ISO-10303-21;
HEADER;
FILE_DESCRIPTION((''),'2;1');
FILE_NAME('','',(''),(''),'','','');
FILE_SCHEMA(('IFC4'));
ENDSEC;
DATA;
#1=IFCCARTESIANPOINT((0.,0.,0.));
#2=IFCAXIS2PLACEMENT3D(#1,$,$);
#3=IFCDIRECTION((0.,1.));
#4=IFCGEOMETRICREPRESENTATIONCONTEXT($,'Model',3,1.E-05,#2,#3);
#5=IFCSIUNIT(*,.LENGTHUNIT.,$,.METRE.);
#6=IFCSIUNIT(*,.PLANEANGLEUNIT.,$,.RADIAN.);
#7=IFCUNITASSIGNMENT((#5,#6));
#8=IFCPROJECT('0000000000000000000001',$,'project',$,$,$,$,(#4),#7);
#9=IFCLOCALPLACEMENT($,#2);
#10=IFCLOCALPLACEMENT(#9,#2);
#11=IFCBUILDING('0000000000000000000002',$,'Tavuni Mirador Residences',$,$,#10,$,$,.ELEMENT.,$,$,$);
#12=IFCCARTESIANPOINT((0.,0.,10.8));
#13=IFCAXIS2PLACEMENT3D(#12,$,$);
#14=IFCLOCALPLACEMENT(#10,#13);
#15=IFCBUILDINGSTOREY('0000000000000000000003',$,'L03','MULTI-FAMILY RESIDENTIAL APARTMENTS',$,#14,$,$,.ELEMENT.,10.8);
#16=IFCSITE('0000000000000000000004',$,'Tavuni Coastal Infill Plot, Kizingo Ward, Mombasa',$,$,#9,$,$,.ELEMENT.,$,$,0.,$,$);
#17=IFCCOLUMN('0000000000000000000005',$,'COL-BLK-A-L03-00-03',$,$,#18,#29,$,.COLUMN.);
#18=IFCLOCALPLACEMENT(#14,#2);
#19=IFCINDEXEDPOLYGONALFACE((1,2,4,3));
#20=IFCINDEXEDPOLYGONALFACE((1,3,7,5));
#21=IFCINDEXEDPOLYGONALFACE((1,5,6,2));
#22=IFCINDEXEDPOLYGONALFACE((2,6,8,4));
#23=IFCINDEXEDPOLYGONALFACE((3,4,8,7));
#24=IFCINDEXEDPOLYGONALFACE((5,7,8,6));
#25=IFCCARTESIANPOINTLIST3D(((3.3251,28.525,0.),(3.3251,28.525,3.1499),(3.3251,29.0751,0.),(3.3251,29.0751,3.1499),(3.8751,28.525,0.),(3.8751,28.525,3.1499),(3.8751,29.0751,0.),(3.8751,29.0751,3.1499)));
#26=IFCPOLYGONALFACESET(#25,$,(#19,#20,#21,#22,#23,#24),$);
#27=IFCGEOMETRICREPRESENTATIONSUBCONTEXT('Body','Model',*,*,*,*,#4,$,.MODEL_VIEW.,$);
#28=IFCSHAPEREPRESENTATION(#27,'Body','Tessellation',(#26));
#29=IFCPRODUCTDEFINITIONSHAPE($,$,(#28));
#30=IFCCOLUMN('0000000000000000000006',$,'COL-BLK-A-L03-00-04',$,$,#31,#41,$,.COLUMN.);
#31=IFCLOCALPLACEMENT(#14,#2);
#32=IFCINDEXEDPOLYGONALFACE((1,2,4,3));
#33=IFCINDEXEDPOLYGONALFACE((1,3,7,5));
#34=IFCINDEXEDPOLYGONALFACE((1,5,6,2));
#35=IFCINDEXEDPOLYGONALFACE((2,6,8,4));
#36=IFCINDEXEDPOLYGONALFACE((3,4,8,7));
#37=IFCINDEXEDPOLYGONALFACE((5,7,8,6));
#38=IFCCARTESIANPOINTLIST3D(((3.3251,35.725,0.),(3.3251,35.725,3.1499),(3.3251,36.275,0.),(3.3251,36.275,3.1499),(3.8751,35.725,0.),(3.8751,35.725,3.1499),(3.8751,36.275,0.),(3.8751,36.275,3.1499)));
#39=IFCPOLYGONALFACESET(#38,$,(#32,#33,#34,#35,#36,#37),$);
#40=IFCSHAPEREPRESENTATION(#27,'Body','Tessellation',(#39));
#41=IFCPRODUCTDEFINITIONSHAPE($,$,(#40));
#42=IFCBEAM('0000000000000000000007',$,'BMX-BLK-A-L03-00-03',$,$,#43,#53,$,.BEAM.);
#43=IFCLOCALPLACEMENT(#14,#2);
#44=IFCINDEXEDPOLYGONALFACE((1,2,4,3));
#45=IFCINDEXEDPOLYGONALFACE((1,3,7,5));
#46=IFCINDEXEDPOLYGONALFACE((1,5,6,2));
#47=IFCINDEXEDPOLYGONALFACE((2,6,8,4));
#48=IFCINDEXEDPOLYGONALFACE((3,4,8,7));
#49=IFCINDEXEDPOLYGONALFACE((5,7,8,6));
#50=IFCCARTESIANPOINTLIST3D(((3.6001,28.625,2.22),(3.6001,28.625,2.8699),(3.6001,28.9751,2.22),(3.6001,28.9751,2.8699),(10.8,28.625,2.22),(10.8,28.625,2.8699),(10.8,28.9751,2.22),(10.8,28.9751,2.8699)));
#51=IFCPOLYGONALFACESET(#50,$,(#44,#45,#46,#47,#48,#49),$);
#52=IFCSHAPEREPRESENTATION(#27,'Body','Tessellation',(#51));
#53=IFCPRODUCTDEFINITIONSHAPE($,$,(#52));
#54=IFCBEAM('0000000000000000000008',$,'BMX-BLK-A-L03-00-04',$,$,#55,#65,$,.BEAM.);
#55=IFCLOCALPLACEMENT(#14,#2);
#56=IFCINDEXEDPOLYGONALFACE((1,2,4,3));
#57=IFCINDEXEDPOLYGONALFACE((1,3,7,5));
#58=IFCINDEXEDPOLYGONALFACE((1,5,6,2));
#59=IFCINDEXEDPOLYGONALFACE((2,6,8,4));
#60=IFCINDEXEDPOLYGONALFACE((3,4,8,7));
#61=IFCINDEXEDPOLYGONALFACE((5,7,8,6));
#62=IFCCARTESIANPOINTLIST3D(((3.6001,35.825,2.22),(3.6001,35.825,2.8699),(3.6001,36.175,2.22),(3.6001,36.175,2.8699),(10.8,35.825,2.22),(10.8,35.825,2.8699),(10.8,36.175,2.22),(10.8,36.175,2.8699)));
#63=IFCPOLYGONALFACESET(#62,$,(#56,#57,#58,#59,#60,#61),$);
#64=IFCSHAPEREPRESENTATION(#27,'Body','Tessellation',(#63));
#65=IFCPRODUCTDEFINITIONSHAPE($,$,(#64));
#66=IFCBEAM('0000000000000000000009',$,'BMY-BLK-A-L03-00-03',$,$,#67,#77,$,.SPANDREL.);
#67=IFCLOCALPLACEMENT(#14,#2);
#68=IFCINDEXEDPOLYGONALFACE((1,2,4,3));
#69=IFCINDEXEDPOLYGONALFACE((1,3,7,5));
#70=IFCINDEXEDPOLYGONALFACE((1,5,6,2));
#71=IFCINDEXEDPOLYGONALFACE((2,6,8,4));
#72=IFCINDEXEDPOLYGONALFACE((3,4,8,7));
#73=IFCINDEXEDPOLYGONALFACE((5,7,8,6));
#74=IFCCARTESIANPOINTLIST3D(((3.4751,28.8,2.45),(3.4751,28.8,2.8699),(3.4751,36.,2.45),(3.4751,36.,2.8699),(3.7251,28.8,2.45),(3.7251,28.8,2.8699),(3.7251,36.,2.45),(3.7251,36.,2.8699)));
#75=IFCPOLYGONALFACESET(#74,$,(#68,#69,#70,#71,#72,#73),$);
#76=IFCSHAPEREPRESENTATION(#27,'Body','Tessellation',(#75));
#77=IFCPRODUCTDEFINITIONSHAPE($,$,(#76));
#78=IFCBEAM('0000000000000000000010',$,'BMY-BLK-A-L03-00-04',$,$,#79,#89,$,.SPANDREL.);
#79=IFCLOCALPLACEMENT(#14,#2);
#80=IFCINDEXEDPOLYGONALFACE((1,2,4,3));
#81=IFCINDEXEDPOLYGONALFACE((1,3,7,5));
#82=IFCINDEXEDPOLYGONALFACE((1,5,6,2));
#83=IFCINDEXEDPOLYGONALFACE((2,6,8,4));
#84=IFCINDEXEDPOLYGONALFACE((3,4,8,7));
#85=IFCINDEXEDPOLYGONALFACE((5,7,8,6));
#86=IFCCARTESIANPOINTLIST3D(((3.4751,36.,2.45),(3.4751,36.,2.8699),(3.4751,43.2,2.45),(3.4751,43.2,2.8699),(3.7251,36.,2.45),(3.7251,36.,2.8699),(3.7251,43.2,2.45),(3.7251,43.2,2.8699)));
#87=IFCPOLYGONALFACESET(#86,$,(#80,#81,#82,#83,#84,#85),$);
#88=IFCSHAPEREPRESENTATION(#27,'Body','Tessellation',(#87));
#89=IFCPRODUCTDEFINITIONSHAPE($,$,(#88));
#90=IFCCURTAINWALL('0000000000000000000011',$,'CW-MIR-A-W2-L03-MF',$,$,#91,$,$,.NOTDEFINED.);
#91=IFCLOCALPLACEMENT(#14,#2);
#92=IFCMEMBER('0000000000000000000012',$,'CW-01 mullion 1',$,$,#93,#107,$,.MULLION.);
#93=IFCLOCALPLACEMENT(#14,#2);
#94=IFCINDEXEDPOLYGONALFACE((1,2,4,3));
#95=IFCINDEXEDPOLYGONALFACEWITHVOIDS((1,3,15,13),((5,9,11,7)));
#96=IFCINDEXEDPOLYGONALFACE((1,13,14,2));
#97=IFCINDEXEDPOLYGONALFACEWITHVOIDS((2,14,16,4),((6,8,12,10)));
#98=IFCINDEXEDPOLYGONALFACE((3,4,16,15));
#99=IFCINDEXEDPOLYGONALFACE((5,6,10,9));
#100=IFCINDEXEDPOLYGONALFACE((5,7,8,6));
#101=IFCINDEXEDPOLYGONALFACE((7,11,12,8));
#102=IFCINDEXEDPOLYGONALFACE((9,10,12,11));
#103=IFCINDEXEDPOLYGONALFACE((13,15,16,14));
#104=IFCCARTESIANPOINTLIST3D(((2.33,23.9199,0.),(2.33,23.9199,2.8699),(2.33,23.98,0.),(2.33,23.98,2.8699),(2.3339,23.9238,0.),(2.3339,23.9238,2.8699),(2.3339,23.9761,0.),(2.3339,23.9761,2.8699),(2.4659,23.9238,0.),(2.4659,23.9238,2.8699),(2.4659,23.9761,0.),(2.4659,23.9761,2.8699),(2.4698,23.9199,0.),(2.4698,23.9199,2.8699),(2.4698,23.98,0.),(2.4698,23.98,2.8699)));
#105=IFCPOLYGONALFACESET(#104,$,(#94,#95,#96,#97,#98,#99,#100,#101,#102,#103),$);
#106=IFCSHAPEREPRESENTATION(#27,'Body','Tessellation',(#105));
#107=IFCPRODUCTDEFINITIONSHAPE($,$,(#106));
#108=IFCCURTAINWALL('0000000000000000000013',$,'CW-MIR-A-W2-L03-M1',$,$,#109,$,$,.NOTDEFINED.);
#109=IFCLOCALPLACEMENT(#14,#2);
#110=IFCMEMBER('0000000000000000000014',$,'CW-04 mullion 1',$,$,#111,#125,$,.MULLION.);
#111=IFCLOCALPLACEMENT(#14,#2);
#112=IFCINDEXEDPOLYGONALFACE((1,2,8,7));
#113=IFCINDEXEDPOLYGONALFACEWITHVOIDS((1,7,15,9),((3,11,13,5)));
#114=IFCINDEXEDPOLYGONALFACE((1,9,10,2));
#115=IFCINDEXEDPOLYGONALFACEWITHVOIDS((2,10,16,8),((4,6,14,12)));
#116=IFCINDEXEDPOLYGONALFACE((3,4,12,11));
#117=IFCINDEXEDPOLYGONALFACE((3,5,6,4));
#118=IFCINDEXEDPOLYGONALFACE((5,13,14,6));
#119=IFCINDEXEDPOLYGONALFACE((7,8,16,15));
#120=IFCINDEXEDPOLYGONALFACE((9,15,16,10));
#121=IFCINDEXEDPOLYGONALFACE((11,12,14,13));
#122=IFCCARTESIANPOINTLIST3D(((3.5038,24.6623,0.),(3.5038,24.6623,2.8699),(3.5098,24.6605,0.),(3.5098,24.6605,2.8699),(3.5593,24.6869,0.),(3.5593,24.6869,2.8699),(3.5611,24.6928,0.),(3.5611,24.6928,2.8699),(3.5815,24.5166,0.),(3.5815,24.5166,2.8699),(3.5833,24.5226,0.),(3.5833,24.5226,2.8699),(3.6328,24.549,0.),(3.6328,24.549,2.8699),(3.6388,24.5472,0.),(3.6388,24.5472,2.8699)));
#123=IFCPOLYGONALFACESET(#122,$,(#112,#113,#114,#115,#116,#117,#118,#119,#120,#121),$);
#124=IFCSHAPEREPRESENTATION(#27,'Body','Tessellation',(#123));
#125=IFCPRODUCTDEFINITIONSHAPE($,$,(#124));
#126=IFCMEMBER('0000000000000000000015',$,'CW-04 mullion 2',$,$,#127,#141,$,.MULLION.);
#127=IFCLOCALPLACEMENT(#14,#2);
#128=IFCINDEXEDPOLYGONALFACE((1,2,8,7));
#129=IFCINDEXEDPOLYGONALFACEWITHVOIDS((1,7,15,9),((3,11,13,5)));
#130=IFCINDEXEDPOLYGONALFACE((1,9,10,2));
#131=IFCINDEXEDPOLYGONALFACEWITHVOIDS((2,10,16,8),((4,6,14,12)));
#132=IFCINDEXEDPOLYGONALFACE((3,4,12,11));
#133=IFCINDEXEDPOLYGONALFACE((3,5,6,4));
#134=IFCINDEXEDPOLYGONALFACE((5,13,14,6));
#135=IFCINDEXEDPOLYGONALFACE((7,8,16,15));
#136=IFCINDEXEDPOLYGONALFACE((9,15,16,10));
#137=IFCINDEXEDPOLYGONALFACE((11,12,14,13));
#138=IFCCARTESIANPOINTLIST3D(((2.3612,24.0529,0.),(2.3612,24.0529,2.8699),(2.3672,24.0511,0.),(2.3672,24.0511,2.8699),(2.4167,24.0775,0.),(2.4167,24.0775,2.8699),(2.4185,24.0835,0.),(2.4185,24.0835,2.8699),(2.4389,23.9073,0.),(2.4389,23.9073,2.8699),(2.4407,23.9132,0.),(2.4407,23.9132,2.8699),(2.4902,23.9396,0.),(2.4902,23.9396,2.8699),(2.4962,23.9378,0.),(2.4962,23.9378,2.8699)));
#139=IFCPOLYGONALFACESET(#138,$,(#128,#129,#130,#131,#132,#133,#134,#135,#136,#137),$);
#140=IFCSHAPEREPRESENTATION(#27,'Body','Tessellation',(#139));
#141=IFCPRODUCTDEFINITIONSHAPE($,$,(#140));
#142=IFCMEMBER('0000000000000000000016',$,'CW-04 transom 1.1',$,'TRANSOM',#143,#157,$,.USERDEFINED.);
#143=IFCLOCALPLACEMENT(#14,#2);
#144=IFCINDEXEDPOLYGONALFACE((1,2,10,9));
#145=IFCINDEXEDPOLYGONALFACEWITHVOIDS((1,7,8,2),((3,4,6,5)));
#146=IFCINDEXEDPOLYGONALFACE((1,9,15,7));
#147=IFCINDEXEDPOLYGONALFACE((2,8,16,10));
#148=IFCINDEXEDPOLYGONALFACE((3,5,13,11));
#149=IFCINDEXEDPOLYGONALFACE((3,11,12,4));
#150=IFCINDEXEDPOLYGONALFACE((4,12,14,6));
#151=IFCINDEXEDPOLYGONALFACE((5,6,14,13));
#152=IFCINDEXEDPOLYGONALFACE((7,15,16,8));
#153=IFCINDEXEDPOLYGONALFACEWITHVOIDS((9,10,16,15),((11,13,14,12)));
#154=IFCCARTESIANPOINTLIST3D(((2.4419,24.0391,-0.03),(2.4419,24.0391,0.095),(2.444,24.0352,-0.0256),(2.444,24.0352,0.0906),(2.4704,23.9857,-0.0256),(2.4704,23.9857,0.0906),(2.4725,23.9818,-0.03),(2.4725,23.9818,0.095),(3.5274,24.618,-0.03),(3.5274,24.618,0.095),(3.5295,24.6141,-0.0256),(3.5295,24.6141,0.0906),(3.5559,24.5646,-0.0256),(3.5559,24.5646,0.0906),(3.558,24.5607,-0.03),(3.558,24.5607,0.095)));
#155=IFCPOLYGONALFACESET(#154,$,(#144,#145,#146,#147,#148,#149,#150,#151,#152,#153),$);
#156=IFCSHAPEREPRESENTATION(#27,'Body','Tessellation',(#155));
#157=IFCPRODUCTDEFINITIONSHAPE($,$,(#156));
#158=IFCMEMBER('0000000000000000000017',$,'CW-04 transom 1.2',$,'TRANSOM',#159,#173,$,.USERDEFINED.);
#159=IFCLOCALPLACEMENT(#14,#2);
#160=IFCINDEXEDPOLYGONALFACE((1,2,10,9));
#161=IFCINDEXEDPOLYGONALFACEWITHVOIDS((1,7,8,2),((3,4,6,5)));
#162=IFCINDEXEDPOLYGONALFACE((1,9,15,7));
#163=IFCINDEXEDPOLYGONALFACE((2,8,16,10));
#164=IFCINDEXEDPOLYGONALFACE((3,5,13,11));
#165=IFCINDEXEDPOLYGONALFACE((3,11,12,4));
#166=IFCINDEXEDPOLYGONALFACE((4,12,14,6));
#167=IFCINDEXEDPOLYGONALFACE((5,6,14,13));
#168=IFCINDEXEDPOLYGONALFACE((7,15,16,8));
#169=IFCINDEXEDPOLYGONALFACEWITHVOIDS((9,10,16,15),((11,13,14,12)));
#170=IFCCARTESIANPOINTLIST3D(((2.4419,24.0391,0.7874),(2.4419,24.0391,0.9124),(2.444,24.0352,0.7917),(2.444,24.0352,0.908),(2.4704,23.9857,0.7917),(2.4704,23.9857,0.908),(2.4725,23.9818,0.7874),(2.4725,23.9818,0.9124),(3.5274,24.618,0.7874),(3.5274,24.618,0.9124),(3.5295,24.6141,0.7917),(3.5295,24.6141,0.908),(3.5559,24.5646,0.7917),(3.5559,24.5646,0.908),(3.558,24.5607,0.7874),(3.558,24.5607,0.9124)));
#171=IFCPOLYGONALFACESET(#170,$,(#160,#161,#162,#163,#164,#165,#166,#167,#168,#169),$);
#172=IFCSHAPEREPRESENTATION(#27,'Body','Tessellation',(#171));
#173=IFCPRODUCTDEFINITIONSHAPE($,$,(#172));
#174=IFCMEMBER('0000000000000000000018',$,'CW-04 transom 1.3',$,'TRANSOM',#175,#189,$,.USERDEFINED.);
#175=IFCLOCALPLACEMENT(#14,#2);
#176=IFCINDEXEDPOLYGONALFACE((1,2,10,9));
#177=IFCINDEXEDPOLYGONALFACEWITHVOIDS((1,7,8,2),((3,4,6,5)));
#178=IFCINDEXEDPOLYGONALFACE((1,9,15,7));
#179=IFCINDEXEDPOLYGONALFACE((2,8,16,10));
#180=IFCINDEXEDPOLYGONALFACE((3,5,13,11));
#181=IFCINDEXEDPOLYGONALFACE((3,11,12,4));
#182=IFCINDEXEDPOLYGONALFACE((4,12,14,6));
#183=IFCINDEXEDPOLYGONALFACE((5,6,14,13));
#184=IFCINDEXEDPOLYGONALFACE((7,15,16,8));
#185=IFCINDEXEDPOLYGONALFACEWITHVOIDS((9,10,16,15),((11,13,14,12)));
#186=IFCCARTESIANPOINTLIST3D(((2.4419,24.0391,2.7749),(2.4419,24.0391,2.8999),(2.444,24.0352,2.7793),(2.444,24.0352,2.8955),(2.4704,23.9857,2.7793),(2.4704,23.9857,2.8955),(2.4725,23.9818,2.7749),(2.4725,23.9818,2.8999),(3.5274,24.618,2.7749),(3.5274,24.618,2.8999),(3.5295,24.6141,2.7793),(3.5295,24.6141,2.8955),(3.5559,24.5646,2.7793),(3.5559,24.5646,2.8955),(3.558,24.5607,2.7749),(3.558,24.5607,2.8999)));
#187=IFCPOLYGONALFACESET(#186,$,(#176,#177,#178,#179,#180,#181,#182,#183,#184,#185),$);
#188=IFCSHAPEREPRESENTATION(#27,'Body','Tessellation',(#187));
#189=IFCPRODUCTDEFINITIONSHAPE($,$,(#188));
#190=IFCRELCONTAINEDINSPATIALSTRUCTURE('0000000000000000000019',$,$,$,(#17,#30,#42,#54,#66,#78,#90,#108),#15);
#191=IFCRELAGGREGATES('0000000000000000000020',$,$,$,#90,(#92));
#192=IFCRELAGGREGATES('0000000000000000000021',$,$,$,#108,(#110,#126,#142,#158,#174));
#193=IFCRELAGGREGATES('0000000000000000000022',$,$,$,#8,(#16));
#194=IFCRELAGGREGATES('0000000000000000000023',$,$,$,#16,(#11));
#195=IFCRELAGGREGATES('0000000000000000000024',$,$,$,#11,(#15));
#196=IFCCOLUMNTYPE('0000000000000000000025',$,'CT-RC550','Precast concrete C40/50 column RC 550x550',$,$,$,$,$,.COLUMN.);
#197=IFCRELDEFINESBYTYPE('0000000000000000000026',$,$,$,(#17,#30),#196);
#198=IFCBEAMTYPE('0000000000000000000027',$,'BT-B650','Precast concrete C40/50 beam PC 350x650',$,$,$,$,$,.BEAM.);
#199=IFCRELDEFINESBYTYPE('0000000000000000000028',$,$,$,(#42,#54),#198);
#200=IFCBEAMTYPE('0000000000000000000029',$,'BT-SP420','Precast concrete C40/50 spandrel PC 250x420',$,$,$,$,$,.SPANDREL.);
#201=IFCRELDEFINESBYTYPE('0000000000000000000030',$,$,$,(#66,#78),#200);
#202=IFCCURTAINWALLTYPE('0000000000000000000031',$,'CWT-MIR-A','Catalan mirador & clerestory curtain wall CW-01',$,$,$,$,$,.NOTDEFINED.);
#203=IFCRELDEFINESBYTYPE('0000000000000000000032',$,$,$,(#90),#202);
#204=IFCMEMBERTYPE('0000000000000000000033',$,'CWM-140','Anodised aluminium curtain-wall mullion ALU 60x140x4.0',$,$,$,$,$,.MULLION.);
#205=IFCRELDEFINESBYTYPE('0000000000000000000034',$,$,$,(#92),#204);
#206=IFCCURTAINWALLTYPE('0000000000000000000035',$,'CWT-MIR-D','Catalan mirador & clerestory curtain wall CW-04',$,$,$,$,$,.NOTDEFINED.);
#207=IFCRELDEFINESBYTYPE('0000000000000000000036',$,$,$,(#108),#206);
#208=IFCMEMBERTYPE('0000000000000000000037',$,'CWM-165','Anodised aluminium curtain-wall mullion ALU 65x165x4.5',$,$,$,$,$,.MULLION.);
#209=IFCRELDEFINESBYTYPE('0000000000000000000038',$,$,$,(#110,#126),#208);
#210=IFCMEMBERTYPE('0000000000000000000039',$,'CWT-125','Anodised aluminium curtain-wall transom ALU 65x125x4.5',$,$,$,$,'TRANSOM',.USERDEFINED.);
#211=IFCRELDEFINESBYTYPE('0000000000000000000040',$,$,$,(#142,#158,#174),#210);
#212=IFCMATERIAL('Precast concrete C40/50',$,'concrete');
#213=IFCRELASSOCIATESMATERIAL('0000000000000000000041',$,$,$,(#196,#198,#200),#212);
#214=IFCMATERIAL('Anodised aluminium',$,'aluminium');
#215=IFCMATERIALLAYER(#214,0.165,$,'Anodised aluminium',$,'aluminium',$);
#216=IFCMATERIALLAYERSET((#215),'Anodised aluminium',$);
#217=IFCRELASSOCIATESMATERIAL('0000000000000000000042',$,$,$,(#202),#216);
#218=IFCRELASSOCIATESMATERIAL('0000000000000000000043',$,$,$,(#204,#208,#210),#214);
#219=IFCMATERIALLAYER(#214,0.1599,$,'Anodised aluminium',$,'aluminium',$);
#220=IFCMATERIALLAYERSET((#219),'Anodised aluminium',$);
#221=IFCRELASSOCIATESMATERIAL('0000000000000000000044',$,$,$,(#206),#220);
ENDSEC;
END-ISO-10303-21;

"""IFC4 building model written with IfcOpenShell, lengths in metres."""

from ifc_helpers import new_model, si_unit, direction, frame, origin, origin_2d, place, context, subcontext, project, spatial, rectangle, hollow_rectangle, extrude, material, layer, layer_set, material_profile, profile_set, type_object, element, aggregate, save


model = new_model("IFC4")

# Units and contexts
model_context = context("Model", 3, precision=1e-05, world=origin(), true_north=direction((0.0, 1.0)))
body_context = subcontext(model_context, "Body", "Model", "MODEL_VIEW")
ifc_project = project(units=[si_unit("LENGTHUNIT", "METRE"), si_unit("PLANEANGLEUNIT", "RADIAN")], contexts=[model_context])

# Site, building, storey
site_placement = place(None, origin())
site = spatial("IfcSite", under=ifc_project, at=site_placement, Name="Tavuni Coastal Infill Plot, Kizingo Ward, Mombasa", CompositionType="ELEMENT", RefElevation=0.0)
building_placement = place(site_placement, origin())
building = spatial("IfcBuilding", under=site, at=building_placement, Name="Tavuni Mirador Residences", CompositionType="ELEMENT")
storey_placement = place(building_placement, frame((0.0, 0.0, 10.8)))
storey = spatial("IfcBuildingStorey", under=building, at=storey_placement, Name="L03", Description="MULTI-FAMILY RESIDENTIAL APARTMENTS", CompositionType="ELEMENT", Elevation=10.8)

# Columns
ifc_material_1 = material(Name="Precast concrete C40/50", Category="concrete")
ifc_material_profile_1 = material_profile(ifc_material_1, rectangle(XDim=0.55, YDim=0.55, at=origin_2d()), Name="RC 550x550", Category="concrete")
ifc_profile_set_1 = profile_set([ifc_material_profile_1], Name="Precast concrete C40/50")
column_type = type_object("IfcColumnType", Name="CT-RC550", Description="Precast concrete C40/50 column RC 550x550", PredefinedType="COLUMN", material=ifc_profile_set_1)
for number, where, z_axis, x_axis, name in (
    (1, (3.6001, 28.8, 0.0), (0.0, 0.0, 1.0), (1.0, 0.0, 0.0), "COL-BLK-A-L03-00-03"),
    (2, (3.6001, 36.0, 0.0), (0.0, 0.0, 1.0), (1.0, 0.0, 0.0), "COL-BLK-A-L03-00-04"),
):
    element("IfcColumn", number, at=place(storey_placement, frame(where, z_axis=z_axis, x_axis=x_axis)), inside=storey, type_object=column_type, Name=name, PredefinedType="COLUMN", context=body_context, shape_type="SweptSolid", body=[
        extrude(rectangle(XDim=0.55, YDim=0.55, at=origin_2d()), origin(), (0.0, 0.0, 1.0), 3.1499),
    ])

# Beams
ifc_material_profile_2 = material_profile(ifc_material_1, rectangle(XDim=0.3501, YDim=0.6499, at=origin_2d()), Name="PC 350x650", Category="concrete")
ifc_profile_set_2 = profile_set([ifc_material_profile_2], Name="Precast concrete C40/50")
beam_type_1 = type_object("IfcBeamType", Name="BT-B650", Description="Precast concrete C40/50 beam PC 350x650", PredefinedType="BEAM", material=ifc_profile_set_2)
for number, where, z_axis, x_axis, name in (
    (3, (3.6001, 28.8, 2.5449), (1.0, 0.0, 0.0), (0.0, 1.0, 0.0), "BMX-BLK-A-L03-00-03"),
    (4, (3.6001, 36.0, 2.5449), (1.0, 0.0, 0.0), (0.0, 1.0, 0.0), "BMX-BLK-A-L03-00-04"),
):
    element("IfcBeam", number, at=place(storey_placement, frame(where, z_axis=z_axis, x_axis=x_axis)), inside=storey, type_object=beam_type_1, Name=name, PredefinedType="BEAM", context=body_context, shape_type="SweptSolid", body=[
        extrude(rectangle(XDim=0.3501, YDim=0.6499, at=origin_2d()), origin(), (0.0, 0.0, 1.0), 7.2),
    ])
ifc_material_profile_3 = material_profile(ifc_material_1, rectangle(XDim=0.25, YDim=0.4199, at=origin_2d()), Name="PC 250x420", Category="concrete")
ifc_profile_set_3 = profile_set([ifc_material_profile_3], Name="Precast concrete C40/50")
beam_type_2 = type_object("IfcBeamType", Name="BT-SP420", Description="Precast concrete C40/50 spandrel PC 250x420", PredefinedType="SPANDREL", material=ifc_profile_set_3)
for number, where, z_axis, x_axis, name in (
    (5, (3.6001, 28.8, 2.6599), (0.0, 1.0, 0.0), (-1.0, 0.0, 0.0), "BMY-BLK-A-L03-00-03"),
    (6, (3.6001, 36.0, 2.6599), (0.0, 1.0, 0.0), (-1.0, 0.0, 0.0), "BMY-BLK-A-L03-00-04"),
):
    element("IfcBeam", number, at=place(storey_placement, frame(where, z_axis=z_axis, x_axis=x_axis)), inside=storey, type_object=beam_type_2, Name=name, PredefinedType="SPANDREL", context=body_context, shape_type="SweptSolid", body=[
        extrude(rectangle(XDim=0.25, YDim=0.4199, at=origin_2d()), origin(), (0.0, 0.0, 1.0), 7.2),
    ])

# Curtain wall, member
ifc_material_2 = material(Name="Anodised aluminium", Category="aluminium")
ifc_layer_1 = layer(ifc_material_2, 0.165, Name="Anodised aluminium", Category="aluminium")
ifc_layer_set_1 = layer_set([ifc_layer_1], Name="Anodised aluminium")
curtain_wall_type_1 = type_object("IfcCurtainWallType", Name="CWT-MIR-A", Description="Catalan mirador & clerestory curtain wall CW-01", PredefinedType="NOTDEFINED", material=ifc_layer_set_1)
curtain_wall_1_placement = place(storey_placement, origin())
curtain_wall_1 = element("IfcCurtainWall", 7, at=curtain_wall_1_placement, inside=storey, type_object=curtain_wall_type_1, Name="CW-MIR-A-W2-L03-MF", PredefinedType="NOTDEFINED")
ifc_material_profile_4 = material_profile(ifc_material_2, hollow_rectangle(XDim=0.0601, YDim=0.1399, WallThickness=0.0039, at=origin_2d()), Name="ALU 60x140x4.0", Category="aluminium")
ifc_profile_set_4 = profile_set([ifc_material_profile_4], Name="Anodised aluminium")
member_type_1 = type_object("IfcMemberType", Name="CWM-140", Description="Anodised aluminium curtain-wall mullion ALU 60x140x4.0", PredefinedType="MULLION", material=ifc_profile_set_4)
member_1_placement = place(storey_placement, frame((2.3999, 23.95, 0.0), z_axis=(0.0, 0.0, 1.0), x_axis=(0.0, -1.0, 0.0)))
member_1 = element("IfcMember", 8, at=member_1_placement, type_object=member_type_1, Name="CW-01 mullion 1", PredefinedType="MULLION", context=body_context, shape_type="SweptSolid", body=[
    extrude(hollow_rectangle(XDim=0.0601, YDim=0.1399, WallThickness=0.0039, at=origin_2d()), origin(), (0.0, 0.0, 1.0), 2.8699),
])
aggregate(curtain_wall_1, [member_1])

# Curtain wall, members
ifc_layer_2 = layer(ifc_material_2, 0.1599, Name="Anodised aluminium", Category="aluminium")
ifc_layer_set_2 = layer_set([ifc_layer_2], Name="Anodised aluminium")
curtain_wall_type_2 = type_object("IfcCurtainWallType", Name="CWT-MIR-D", Description="Catalan mirador & clerestory curtain wall CW-04", PredefinedType="NOTDEFINED", material=ifc_layer_set_2)
curtain_wall_2_placement = place(storey_placement, origin())
curtain_wall_2 = element("IfcCurtainWall", 9, at=curtain_wall_2_placement, inside=storey, type_object=curtain_wall_type_2, Name="CW-MIR-A-W2-L03-M1", PredefinedType="NOTDEFINED")
ifc_material_profile_5 = material_profile(ifc_material_2, hollow_rectangle(XDim=0.0649, YDim=0.165, WallThickness=0.0044, at=origin_2d()), Name="ALU 65x165x4.5", Category="aluminium")
ifc_profile_set_5 = profile_set([ifc_material_profile_5], Name="Anodised aluminium")
member_type_2 = type_object("IfcMemberType", Name="CWM-165", Description="Anodised aluminium curtain-wall mullion ALU 65x165x4.5", PredefinedType="MULLION", material=ifc_profile_set_5)
member_2_placement = place(storey_placement, frame((3.5713, 24.6047, 0.0), z_axis=(0.0, 0.0, 1.0), x_axis=(-0.882353, -0.470588, 0.0)))
member_2 = element("IfcMember", 10, at=member_2_placement, type_object=member_type_2, Name="CW-04 mullion 1", PredefinedType="MULLION", context=body_context, shape_type="SweptSolid", body=[
    extrude(hollow_rectangle(XDim=0.0649, YDim=0.165, WallThickness=0.0044, at=origin_2d()), origin(), (0.0, 0.0, 1.0), 2.8699),
])
member_3_placement = place(storey_placement, frame((2.4287, 23.9954, 0.0), z_axis=(0.0, 0.0, 1.0), x_axis=(-0.882353, -0.470588, 0.0)))
member_3 = element("IfcMember", 11, at=member_3_placement, type_object=member_type_2, Name="CW-04 mullion 2", PredefinedType="MULLION", context=body_context, shape_type="SweptSolid", body=[
    extrude(hollow_rectangle(XDim=0.0649, YDim=0.165, WallThickness=0.0044, at=origin_2d()), origin(), (0.0, 0.0, 1.0), 2.8699),
])
ifc_material_profile_6 = material_profile(ifc_material_2, hollow_rectangle(XDim=0.0649, YDim=0.125, WallThickness=0.0044, at=origin_2d()), Name="ALU 65x125x4.5", Category="aluminium")
ifc_profile_set_6 = profile_set([ifc_material_profile_6], Name="Anodised aluminium")
member_type_3 = type_object("IfcMemberType", Name="CWT-125", Description="Anodised aluminium curtain-wall transom ALU 65x125x4.5", ElementType="TRANSOM", PredefinedType="USERDEFINED", material=ifc_profile_set_6)
member_4_placement = place(storey_placement, frame((3.5427, 24.5894, 0.0325), z_axis=(-0.882369, -0.470557, 0.0), x_axis=(0.470557, -0.882369, 0.0)))
member_4 = element("IfcMember", 12, at=member_4_placement, type_object=member_type_3, Name="CW-04 transom 1.1", ObjectType="TRANSOM", PredefinedType="USERDEFINED", context=body_context, shape_type="SweptSolid", body=[
    extrude(hollow_rectangle(XDim=0.0649, YDim=0.125, WallThickness=0.0044, at=origin_2d()), origin(), (0.0, 0.0, 1.0), 1.2302),
])
member_5_placement = place(storey_placement, frame((3.5427, 24.5894, 0.8499), z_axis=(-0.882369, -0.470557, 0.0), x_axis=(0.470557, -0.882369, 0.0)))
member_5 = element("IfcMember", 13, at=member_5_placement, type_object=member_type_3, Name="CW-04 transom 1.2", ObjectType="TRANSOM", PredefinedType="USERDEFINED", context=body_context, shape_type="SweptSolid", body=[
    extrude(hollow_rectangle(XDim=0.0649, YDim=0.125, WallThickness=0.0044, at=origin_2d()), origin(), (0.0, 0.0, 1.0), 1.2302),
])
member_6_placement = place(storey_placement, frame((3.5427, 24.5894, 2.8374), z_axis=(-0.882369, -0.470557, 0.0), x_axis=(0.470557, -0.882369, 0.0)))
member_6 = element("IfcMember", 14, at=member_6_placement, type_object=member_type_3, Name="CW-04 transom 1.3", ObjectType="TRANSOM", PredefinedType="USERDEFINED", context=body_context, shape_type="SweptSolid", body=[
    extrude(hollow_rectangle(XDim=0.0649, YDim=0.125, WallThickness=0.0044, at=origin_2d()), origin(), (0.0, 0.0, 1.0), 1.2302),
])

aggregate(curtain_wall_2, [member_2, member_3, member_4, member_5, member_6])

save(model, "model.ifc")
